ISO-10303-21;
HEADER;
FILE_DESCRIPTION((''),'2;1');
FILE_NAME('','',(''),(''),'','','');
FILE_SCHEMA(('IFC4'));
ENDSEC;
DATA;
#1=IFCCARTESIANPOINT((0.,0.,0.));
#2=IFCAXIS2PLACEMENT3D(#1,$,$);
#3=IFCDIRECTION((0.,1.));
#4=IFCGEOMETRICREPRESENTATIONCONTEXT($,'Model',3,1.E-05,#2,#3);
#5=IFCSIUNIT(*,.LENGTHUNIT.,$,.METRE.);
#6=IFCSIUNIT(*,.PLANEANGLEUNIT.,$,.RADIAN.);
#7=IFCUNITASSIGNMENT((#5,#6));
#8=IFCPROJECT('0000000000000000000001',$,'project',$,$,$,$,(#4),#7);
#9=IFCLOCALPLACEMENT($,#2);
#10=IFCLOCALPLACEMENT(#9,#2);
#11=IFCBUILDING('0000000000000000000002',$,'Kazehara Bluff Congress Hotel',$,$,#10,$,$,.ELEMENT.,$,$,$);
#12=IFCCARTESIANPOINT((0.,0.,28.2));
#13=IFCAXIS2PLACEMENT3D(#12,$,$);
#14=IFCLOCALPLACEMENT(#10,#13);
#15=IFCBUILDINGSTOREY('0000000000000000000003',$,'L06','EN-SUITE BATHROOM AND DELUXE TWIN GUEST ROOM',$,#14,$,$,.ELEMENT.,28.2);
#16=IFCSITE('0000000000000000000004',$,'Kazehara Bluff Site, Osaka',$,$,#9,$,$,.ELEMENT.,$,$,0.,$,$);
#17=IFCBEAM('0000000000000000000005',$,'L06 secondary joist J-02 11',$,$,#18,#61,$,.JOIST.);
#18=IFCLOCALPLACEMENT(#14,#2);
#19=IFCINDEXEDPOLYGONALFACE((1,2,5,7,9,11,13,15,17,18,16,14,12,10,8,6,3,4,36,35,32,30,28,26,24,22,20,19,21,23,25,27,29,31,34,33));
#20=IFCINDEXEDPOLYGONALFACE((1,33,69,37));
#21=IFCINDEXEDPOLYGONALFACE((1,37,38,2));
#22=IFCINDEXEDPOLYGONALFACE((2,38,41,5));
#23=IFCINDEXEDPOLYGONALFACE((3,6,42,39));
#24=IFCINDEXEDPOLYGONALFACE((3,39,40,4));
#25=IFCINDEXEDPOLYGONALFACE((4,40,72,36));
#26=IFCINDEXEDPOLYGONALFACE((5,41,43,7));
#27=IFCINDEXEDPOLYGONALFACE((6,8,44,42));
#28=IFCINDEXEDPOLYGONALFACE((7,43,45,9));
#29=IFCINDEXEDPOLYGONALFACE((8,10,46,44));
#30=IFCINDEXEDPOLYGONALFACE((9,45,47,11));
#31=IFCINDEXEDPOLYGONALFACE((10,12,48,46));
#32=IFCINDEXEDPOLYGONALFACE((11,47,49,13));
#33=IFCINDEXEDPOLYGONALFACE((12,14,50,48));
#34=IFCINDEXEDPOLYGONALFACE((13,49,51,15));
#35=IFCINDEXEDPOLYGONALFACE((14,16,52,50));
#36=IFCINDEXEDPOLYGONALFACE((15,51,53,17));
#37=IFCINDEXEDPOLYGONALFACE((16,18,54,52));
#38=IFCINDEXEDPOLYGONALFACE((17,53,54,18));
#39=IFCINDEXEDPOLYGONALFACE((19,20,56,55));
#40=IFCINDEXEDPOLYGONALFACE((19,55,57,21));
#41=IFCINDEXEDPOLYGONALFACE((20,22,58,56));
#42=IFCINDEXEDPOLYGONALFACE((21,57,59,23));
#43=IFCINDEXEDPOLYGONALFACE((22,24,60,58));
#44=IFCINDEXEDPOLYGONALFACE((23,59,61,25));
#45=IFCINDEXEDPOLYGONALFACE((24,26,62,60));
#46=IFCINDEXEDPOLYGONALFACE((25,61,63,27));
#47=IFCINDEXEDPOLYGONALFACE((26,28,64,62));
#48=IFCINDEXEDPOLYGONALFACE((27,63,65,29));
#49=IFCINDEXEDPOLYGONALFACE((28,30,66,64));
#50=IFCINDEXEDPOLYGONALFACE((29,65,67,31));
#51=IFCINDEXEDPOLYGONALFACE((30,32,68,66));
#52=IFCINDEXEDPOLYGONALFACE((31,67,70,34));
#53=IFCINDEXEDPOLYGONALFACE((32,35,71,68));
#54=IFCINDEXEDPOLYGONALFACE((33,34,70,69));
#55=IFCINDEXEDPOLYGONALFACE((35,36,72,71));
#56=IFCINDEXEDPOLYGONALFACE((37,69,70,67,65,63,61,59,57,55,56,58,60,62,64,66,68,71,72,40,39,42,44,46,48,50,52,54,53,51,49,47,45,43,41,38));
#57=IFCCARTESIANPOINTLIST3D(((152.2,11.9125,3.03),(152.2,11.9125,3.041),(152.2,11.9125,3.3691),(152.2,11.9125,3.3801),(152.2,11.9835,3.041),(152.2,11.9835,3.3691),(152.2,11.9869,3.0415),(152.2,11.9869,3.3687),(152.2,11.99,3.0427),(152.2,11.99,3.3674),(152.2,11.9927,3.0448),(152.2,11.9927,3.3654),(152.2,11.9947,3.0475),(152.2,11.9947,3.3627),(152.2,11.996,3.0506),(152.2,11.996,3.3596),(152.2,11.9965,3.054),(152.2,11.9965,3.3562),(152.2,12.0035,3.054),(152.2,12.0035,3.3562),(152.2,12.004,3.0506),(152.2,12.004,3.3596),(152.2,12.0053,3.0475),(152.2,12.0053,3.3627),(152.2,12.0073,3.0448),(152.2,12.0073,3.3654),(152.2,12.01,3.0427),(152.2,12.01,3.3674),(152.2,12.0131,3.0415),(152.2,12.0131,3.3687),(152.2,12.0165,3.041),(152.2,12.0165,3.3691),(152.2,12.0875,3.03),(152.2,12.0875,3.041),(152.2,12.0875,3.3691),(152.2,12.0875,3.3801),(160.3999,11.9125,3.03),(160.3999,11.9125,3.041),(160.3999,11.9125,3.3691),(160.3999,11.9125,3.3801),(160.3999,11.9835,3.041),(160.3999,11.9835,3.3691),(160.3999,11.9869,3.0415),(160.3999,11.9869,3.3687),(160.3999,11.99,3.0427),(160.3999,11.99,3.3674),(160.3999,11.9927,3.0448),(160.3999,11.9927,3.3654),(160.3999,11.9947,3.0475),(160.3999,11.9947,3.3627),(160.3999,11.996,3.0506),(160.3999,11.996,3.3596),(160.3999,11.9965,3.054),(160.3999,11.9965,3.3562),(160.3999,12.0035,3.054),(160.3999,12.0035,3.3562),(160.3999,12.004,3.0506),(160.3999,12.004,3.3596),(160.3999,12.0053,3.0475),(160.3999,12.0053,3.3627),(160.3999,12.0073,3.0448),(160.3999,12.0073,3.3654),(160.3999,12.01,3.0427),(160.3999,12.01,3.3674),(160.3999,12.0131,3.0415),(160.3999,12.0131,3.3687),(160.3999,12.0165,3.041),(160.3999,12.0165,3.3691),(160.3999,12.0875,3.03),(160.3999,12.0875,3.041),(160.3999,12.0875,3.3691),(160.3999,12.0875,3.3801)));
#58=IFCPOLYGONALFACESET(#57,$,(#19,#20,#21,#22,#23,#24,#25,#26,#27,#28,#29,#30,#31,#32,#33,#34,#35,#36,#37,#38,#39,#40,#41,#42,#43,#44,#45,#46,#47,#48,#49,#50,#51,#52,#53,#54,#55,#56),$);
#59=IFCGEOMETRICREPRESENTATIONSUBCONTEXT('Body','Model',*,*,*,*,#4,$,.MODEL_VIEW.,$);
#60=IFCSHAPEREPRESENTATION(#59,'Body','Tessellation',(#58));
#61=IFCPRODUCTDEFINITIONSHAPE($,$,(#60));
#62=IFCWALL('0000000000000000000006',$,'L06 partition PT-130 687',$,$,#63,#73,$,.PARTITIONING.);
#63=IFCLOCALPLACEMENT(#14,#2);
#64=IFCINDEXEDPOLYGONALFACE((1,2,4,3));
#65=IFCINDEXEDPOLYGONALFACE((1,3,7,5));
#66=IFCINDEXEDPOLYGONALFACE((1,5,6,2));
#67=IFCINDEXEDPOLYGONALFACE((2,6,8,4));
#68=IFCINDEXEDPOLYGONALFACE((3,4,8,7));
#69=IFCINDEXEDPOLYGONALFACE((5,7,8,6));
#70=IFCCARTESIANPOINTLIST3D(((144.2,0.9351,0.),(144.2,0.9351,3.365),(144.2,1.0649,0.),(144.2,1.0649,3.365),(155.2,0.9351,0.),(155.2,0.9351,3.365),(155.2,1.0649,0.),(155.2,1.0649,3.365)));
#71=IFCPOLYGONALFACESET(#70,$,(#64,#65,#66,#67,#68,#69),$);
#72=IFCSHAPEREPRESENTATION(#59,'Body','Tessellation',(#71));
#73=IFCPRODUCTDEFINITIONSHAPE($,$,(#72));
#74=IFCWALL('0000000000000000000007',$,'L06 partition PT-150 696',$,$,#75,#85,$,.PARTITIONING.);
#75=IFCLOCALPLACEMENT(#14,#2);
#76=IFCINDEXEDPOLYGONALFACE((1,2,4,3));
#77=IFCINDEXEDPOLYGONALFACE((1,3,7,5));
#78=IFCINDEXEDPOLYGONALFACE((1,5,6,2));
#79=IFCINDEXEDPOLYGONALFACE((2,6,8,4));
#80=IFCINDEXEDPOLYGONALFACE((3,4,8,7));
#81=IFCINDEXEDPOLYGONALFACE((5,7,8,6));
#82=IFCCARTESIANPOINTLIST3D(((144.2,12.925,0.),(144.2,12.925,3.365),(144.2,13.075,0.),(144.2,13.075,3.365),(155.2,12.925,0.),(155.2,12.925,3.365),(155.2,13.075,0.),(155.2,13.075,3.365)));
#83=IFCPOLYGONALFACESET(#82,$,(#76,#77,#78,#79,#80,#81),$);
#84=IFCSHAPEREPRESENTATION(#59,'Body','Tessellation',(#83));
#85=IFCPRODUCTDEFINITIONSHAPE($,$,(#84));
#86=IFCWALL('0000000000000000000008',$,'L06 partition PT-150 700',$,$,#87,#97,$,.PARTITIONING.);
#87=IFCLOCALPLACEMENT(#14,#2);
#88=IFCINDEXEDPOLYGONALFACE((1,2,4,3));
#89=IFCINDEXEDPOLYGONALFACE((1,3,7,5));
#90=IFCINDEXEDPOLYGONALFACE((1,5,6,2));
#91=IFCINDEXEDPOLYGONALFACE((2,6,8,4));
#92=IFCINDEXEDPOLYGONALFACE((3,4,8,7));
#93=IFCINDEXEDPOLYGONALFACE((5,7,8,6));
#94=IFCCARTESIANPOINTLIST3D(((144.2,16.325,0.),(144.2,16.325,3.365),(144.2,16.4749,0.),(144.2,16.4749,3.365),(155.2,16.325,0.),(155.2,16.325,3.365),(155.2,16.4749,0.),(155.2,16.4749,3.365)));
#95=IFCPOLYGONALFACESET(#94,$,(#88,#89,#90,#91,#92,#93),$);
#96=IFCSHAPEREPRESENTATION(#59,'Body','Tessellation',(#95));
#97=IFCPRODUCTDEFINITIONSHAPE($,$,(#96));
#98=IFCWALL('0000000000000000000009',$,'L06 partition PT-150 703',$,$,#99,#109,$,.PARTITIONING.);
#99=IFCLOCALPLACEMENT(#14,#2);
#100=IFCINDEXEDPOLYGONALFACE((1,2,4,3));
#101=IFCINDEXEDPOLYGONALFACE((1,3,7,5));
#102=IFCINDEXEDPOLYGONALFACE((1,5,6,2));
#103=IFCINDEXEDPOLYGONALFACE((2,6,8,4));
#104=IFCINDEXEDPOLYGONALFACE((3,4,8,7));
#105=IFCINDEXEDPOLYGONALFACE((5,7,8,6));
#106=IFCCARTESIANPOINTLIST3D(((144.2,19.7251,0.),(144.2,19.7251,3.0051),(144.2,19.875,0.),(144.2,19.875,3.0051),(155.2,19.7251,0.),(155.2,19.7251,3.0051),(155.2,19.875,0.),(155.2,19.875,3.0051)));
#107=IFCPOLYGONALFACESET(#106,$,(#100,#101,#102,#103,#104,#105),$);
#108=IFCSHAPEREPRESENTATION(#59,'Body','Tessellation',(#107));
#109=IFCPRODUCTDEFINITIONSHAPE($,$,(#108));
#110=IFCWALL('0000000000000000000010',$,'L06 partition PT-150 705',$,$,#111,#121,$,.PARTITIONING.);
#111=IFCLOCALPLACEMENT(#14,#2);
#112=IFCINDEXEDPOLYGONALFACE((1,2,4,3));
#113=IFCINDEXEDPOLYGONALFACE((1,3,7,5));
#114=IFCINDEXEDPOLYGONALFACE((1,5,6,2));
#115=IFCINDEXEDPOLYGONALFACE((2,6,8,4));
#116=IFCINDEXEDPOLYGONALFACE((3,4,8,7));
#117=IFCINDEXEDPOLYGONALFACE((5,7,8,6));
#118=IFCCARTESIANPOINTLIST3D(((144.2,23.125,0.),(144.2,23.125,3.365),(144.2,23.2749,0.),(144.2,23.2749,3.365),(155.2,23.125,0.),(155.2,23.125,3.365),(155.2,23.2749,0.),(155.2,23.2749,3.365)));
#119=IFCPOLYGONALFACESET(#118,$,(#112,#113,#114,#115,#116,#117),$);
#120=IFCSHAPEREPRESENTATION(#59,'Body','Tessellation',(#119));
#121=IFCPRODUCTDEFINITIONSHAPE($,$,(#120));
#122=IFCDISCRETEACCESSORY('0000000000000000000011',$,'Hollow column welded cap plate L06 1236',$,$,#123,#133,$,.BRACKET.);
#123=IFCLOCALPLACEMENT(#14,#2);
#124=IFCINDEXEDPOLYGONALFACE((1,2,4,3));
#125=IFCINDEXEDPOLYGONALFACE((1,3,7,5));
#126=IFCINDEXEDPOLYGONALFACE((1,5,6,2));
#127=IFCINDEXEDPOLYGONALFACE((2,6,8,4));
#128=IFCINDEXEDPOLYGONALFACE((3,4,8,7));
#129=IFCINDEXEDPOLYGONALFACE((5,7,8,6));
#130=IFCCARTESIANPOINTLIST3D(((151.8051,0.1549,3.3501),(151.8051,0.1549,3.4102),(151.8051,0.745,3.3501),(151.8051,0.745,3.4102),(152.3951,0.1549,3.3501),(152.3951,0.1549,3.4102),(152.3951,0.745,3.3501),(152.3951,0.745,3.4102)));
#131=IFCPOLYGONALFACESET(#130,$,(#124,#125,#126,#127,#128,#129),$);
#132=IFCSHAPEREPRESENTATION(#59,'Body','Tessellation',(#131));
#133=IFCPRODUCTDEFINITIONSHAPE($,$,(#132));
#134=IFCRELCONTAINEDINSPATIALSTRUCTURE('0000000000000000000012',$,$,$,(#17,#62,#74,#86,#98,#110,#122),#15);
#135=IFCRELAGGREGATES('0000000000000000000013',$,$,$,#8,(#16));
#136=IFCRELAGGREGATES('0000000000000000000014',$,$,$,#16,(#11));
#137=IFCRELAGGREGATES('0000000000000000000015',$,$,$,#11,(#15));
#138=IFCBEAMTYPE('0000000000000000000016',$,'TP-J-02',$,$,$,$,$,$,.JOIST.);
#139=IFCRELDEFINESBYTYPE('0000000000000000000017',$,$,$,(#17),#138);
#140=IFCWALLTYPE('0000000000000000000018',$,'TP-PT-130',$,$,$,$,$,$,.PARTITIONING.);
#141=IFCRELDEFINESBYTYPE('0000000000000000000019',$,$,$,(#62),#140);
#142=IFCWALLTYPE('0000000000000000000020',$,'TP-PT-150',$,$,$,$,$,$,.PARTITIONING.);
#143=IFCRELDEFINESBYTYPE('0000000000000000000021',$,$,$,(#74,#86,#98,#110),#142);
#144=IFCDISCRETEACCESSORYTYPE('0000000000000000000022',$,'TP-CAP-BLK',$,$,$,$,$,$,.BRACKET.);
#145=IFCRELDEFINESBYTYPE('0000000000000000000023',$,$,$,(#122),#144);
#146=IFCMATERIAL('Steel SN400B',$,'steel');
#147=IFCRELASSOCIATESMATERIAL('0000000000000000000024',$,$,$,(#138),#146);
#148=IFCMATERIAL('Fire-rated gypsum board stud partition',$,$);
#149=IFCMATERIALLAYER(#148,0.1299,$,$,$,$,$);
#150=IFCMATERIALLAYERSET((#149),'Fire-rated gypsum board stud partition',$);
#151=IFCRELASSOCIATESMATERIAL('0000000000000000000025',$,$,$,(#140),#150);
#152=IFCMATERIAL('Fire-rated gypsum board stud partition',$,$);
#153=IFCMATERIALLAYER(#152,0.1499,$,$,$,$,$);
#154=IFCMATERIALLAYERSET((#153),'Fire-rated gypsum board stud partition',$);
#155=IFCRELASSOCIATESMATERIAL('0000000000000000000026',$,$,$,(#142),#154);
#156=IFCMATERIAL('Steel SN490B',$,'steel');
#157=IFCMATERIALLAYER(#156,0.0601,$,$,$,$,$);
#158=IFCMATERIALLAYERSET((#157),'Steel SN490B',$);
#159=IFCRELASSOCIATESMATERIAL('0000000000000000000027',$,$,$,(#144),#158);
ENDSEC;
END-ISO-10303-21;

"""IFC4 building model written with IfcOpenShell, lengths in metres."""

from ifc_helpers import new_model, si_unit, direction, frame, frame_2d, origin, origin_2d, place, context, subcontext, project, spatial, rectangle, i_section, extrude, material, layer, layer_set, material_profile, profile_set, type_object, element, save


model = new_model("IFC4")

# Units and contexts
model_context = context("Model", 3, precision=1e-05, world=origin(), true_north=direction((0.0, 1.0)))
body_context = subcontext(model_context, "Body", "Model", "MODEL_VIEW")
ifc_project = project(units=[si_unit("LENGTHUNIT", "METRE"), si_unit("PLANEANGLEUNIT", "RADIAN")], contexts=[model_context])

# Site, building, storey
site_placement = place(None, origin())
site = spatial("IfcSite", under=ifc_project, at=site_placement, Name="Kazehara Bluff Site, Osaka", CompositionType="ELEMENT", RefElevation=0.0)
building_placement = place(site_placement, origin())
building = spatial("IfcBuilding", under=site, at=building_placement, Name="Kazehara Bluff Congress Hotel", CompositionType="ELEMENT")
storey_placement = place(building_placement, frame((0.0, 0.0, 28.2)))
storey = spatial("IfcBuildingStorey", under=building, at=storey_placement, Name="L06", Description="EN-SUITE BATHROOM AND DELUXE TWIN GUEST ROOM", CompositionType="ELEMENT", Elevation=28.2)

# Beam
ifc_material_1 = material(Name="Steel SN400B", Category="steel")
ifc_material_profile_1 = material_profile(ifc_material_1, i_section(OverallWidth=0.175, OverallDepth=0.3501, WebThickness=0.0071, FlangeThickness=0.011, FilletRadius=0.0129, at=origin_2d()))
ifc_profile_set_1 = profile_set([ifc_material_profile_1], Name="Steel SN400B")
beam_type_1 = type_object("IfcBeamType", Name="TP-J-02", PredefinedType="JOIST", material=ifc_profile_set_1)
for number, where, z_axis, x_axis, name in (
    (1, (152.2, 12.0, 3.2051), (1.0, 0.0, 0.0), (0.0, 1.0, 0.0), "L06 secondary joist J-02 11"),
):
    element("IfcBeam", number, at=place(storey_placement, frame(where, z_axis=z_axis, x_axis=x_axis)), inside=storey, type_object=beam_type_1, Name=name, PredefinedType="JOIST", context=body_context, shape_type="SweptSolid", body=[
        extrude(i_section(OverallWidth=0.175, OverallDepth=0.3501, WebThickness=0.0071, FlangeThickness=0.011, FilletRadius=0.0129, at=origin_2d()), origin(), (0.0, 0.0, 1.0), 8.2),
    ])

# Walls
ifc_material_2 = material(Name="Fire-rated gypsum board stud partition")
ifc_layer_1 = layer(ifc_material_2, 0.1299)
ifc_layer_set_1 = layer_set([ifc_layer_1], Name="Fire-rated gypsum board stud partition")
wall_type_1 = type_object("IfcWallType", Name="TP-PT-130", PredefinedType="PARTITIONING", material=ifc_layer_set_1)
wall_1_placement = place(storey_placement, frame((144.2, 1.0, 0.0), z_axis=(0.0, 0.0, 1.0), x_axis=(1.0, 0.0, 0.0)))
element("IfcWall", 2, at=wall_1_placement, inside=storey, type_object=wall_type_1, Name="L06 partition PT-130 687", PredefinedType="PARTITIONING", context=body_context, shape_type="SweptSolid", body=[
    extrude(rectangle(XDim=11.0, YDim=0.1299, at=frame_2d((5.5, 0.0))), origin(), (0.0, 0.0, 1.0), 3.365),
])
ifc_material_3 = material(Name="Fire-rated gypsum board stud partition")
ifc_layer_2 = layer(ifc_material_3, 0.1499)
ifc_layer_set_2 = layer_set([ifc_layer_2], Name="Fire-rated gypsum board stud partition")
wall_type_2 = type_object("IfcWallType", Name="TP-PT-150", PredefinedType="PARTITIONING", material=ifc_layer_set_2)
for number, where, z_axis, x_axis, name in (
    (3, (144.2, 13.0, 0.0), (0.0, 0.0, 1.0), (1.0, 0.0, 0.0), "L06 partition PT-150 696"),
    (4, (144.2, 16.3999, 0.0), (0.0, 0.0, 1.0), (1.0, 0.0, 0.0), "L06 partition PT-150 700"),
):
    element("IfcWall", number, at=place(storey_placement, frame(where, z_axis=z_axis, x_axis=x_axis)), inside=storey, type_object=wall_type_2, Name=name, PredefinedType="PARTITIONING", context=body_context, shape_type="SweptSolid", body=[
        extrude(rectangle(XDim=11.0, YDim=0.1499, at=frame_2d((5.5, 0.0))), origin(), (0.0, 0.0, 1.0), 3.365),
    ])
wall_2_placement = place(storey_placement, frame((144.2, 19.8, 0.0), z_axis=(0.0, 0.0, 1.0), x_axis=(1.0, 0.0, 0.0)))
element("IfcWall", 5, at=wall_2_placement, inside=storey, type_object=wall_type_2, Name="L06 partition PT-150 703", PredefinedType="PARTITIONING", context=body_context, shape_type="SweptSolid", body=[
    extrude(rectangle(XDim=11.0, YDim=0.1499, at=frame_2d((5.5, 0.0))), origin(), (0.0, 0.0, 1.0), 3.0051),
])
wall_3_placement = place(storey_placement, frame((144.2, 23.2, 0.0), z_axis=(0.0, 0.0, 1.0), x_axis=(1.0, 0.0, 0.0)))
element("IfcWall", 6, at=wall_3_placement, inside=storey, type_object=wall_type_2, Name="L06 partition PT-150 705", PredefinedType="PARTITIONING", context=body_context, shape_type="SweptSolid", body=[
    extrude(rectangle(XDim=11.0, YDim=0.1499, at=frame_2d((5.5, 0.0))), origin(), (0.0, 0.0, 1.0), 3.365),
])

# Discrete accessory
ifc_material_4 = material(Name="Steel SN490B", Category="steel")
ifc_layer_3 = layer(ifc_material_4, 0.0601)
ifc_layer_set_3 = layer_set([ifc_layer_3], Name="Steel SN490B")
discrete_accessory_type = type_object("IfcDiscreteAccessoryType", Name="TP-CAP-BLK", PredefinedType="BRACKET", material=ifc_layer_set_3)
discrete_accessory_placement = place(storey_placement, frame((152.1001, 0.45, 3.3501), z_axis=(0.0, 0.0, 1.0), x_axis=(1.0, 0.0, 0.0)))
element("IfcDiscreteAccessory", 7, at=discrete_accessory_placement, inside=storey, type_object=discrete_accessory_type, Name="Hollow column welded cap plate L06 1236", PredefinedType="BRACKET", context=body_context, shape_type="SweptSolid", body=[
    extrude(rectangle(XDim=0.5901, YDim=0.5901, at=origin_2d()), origin(), (0.0, 0.0, 1.0), 0.0601),
])

save(model, "model.ifc")
